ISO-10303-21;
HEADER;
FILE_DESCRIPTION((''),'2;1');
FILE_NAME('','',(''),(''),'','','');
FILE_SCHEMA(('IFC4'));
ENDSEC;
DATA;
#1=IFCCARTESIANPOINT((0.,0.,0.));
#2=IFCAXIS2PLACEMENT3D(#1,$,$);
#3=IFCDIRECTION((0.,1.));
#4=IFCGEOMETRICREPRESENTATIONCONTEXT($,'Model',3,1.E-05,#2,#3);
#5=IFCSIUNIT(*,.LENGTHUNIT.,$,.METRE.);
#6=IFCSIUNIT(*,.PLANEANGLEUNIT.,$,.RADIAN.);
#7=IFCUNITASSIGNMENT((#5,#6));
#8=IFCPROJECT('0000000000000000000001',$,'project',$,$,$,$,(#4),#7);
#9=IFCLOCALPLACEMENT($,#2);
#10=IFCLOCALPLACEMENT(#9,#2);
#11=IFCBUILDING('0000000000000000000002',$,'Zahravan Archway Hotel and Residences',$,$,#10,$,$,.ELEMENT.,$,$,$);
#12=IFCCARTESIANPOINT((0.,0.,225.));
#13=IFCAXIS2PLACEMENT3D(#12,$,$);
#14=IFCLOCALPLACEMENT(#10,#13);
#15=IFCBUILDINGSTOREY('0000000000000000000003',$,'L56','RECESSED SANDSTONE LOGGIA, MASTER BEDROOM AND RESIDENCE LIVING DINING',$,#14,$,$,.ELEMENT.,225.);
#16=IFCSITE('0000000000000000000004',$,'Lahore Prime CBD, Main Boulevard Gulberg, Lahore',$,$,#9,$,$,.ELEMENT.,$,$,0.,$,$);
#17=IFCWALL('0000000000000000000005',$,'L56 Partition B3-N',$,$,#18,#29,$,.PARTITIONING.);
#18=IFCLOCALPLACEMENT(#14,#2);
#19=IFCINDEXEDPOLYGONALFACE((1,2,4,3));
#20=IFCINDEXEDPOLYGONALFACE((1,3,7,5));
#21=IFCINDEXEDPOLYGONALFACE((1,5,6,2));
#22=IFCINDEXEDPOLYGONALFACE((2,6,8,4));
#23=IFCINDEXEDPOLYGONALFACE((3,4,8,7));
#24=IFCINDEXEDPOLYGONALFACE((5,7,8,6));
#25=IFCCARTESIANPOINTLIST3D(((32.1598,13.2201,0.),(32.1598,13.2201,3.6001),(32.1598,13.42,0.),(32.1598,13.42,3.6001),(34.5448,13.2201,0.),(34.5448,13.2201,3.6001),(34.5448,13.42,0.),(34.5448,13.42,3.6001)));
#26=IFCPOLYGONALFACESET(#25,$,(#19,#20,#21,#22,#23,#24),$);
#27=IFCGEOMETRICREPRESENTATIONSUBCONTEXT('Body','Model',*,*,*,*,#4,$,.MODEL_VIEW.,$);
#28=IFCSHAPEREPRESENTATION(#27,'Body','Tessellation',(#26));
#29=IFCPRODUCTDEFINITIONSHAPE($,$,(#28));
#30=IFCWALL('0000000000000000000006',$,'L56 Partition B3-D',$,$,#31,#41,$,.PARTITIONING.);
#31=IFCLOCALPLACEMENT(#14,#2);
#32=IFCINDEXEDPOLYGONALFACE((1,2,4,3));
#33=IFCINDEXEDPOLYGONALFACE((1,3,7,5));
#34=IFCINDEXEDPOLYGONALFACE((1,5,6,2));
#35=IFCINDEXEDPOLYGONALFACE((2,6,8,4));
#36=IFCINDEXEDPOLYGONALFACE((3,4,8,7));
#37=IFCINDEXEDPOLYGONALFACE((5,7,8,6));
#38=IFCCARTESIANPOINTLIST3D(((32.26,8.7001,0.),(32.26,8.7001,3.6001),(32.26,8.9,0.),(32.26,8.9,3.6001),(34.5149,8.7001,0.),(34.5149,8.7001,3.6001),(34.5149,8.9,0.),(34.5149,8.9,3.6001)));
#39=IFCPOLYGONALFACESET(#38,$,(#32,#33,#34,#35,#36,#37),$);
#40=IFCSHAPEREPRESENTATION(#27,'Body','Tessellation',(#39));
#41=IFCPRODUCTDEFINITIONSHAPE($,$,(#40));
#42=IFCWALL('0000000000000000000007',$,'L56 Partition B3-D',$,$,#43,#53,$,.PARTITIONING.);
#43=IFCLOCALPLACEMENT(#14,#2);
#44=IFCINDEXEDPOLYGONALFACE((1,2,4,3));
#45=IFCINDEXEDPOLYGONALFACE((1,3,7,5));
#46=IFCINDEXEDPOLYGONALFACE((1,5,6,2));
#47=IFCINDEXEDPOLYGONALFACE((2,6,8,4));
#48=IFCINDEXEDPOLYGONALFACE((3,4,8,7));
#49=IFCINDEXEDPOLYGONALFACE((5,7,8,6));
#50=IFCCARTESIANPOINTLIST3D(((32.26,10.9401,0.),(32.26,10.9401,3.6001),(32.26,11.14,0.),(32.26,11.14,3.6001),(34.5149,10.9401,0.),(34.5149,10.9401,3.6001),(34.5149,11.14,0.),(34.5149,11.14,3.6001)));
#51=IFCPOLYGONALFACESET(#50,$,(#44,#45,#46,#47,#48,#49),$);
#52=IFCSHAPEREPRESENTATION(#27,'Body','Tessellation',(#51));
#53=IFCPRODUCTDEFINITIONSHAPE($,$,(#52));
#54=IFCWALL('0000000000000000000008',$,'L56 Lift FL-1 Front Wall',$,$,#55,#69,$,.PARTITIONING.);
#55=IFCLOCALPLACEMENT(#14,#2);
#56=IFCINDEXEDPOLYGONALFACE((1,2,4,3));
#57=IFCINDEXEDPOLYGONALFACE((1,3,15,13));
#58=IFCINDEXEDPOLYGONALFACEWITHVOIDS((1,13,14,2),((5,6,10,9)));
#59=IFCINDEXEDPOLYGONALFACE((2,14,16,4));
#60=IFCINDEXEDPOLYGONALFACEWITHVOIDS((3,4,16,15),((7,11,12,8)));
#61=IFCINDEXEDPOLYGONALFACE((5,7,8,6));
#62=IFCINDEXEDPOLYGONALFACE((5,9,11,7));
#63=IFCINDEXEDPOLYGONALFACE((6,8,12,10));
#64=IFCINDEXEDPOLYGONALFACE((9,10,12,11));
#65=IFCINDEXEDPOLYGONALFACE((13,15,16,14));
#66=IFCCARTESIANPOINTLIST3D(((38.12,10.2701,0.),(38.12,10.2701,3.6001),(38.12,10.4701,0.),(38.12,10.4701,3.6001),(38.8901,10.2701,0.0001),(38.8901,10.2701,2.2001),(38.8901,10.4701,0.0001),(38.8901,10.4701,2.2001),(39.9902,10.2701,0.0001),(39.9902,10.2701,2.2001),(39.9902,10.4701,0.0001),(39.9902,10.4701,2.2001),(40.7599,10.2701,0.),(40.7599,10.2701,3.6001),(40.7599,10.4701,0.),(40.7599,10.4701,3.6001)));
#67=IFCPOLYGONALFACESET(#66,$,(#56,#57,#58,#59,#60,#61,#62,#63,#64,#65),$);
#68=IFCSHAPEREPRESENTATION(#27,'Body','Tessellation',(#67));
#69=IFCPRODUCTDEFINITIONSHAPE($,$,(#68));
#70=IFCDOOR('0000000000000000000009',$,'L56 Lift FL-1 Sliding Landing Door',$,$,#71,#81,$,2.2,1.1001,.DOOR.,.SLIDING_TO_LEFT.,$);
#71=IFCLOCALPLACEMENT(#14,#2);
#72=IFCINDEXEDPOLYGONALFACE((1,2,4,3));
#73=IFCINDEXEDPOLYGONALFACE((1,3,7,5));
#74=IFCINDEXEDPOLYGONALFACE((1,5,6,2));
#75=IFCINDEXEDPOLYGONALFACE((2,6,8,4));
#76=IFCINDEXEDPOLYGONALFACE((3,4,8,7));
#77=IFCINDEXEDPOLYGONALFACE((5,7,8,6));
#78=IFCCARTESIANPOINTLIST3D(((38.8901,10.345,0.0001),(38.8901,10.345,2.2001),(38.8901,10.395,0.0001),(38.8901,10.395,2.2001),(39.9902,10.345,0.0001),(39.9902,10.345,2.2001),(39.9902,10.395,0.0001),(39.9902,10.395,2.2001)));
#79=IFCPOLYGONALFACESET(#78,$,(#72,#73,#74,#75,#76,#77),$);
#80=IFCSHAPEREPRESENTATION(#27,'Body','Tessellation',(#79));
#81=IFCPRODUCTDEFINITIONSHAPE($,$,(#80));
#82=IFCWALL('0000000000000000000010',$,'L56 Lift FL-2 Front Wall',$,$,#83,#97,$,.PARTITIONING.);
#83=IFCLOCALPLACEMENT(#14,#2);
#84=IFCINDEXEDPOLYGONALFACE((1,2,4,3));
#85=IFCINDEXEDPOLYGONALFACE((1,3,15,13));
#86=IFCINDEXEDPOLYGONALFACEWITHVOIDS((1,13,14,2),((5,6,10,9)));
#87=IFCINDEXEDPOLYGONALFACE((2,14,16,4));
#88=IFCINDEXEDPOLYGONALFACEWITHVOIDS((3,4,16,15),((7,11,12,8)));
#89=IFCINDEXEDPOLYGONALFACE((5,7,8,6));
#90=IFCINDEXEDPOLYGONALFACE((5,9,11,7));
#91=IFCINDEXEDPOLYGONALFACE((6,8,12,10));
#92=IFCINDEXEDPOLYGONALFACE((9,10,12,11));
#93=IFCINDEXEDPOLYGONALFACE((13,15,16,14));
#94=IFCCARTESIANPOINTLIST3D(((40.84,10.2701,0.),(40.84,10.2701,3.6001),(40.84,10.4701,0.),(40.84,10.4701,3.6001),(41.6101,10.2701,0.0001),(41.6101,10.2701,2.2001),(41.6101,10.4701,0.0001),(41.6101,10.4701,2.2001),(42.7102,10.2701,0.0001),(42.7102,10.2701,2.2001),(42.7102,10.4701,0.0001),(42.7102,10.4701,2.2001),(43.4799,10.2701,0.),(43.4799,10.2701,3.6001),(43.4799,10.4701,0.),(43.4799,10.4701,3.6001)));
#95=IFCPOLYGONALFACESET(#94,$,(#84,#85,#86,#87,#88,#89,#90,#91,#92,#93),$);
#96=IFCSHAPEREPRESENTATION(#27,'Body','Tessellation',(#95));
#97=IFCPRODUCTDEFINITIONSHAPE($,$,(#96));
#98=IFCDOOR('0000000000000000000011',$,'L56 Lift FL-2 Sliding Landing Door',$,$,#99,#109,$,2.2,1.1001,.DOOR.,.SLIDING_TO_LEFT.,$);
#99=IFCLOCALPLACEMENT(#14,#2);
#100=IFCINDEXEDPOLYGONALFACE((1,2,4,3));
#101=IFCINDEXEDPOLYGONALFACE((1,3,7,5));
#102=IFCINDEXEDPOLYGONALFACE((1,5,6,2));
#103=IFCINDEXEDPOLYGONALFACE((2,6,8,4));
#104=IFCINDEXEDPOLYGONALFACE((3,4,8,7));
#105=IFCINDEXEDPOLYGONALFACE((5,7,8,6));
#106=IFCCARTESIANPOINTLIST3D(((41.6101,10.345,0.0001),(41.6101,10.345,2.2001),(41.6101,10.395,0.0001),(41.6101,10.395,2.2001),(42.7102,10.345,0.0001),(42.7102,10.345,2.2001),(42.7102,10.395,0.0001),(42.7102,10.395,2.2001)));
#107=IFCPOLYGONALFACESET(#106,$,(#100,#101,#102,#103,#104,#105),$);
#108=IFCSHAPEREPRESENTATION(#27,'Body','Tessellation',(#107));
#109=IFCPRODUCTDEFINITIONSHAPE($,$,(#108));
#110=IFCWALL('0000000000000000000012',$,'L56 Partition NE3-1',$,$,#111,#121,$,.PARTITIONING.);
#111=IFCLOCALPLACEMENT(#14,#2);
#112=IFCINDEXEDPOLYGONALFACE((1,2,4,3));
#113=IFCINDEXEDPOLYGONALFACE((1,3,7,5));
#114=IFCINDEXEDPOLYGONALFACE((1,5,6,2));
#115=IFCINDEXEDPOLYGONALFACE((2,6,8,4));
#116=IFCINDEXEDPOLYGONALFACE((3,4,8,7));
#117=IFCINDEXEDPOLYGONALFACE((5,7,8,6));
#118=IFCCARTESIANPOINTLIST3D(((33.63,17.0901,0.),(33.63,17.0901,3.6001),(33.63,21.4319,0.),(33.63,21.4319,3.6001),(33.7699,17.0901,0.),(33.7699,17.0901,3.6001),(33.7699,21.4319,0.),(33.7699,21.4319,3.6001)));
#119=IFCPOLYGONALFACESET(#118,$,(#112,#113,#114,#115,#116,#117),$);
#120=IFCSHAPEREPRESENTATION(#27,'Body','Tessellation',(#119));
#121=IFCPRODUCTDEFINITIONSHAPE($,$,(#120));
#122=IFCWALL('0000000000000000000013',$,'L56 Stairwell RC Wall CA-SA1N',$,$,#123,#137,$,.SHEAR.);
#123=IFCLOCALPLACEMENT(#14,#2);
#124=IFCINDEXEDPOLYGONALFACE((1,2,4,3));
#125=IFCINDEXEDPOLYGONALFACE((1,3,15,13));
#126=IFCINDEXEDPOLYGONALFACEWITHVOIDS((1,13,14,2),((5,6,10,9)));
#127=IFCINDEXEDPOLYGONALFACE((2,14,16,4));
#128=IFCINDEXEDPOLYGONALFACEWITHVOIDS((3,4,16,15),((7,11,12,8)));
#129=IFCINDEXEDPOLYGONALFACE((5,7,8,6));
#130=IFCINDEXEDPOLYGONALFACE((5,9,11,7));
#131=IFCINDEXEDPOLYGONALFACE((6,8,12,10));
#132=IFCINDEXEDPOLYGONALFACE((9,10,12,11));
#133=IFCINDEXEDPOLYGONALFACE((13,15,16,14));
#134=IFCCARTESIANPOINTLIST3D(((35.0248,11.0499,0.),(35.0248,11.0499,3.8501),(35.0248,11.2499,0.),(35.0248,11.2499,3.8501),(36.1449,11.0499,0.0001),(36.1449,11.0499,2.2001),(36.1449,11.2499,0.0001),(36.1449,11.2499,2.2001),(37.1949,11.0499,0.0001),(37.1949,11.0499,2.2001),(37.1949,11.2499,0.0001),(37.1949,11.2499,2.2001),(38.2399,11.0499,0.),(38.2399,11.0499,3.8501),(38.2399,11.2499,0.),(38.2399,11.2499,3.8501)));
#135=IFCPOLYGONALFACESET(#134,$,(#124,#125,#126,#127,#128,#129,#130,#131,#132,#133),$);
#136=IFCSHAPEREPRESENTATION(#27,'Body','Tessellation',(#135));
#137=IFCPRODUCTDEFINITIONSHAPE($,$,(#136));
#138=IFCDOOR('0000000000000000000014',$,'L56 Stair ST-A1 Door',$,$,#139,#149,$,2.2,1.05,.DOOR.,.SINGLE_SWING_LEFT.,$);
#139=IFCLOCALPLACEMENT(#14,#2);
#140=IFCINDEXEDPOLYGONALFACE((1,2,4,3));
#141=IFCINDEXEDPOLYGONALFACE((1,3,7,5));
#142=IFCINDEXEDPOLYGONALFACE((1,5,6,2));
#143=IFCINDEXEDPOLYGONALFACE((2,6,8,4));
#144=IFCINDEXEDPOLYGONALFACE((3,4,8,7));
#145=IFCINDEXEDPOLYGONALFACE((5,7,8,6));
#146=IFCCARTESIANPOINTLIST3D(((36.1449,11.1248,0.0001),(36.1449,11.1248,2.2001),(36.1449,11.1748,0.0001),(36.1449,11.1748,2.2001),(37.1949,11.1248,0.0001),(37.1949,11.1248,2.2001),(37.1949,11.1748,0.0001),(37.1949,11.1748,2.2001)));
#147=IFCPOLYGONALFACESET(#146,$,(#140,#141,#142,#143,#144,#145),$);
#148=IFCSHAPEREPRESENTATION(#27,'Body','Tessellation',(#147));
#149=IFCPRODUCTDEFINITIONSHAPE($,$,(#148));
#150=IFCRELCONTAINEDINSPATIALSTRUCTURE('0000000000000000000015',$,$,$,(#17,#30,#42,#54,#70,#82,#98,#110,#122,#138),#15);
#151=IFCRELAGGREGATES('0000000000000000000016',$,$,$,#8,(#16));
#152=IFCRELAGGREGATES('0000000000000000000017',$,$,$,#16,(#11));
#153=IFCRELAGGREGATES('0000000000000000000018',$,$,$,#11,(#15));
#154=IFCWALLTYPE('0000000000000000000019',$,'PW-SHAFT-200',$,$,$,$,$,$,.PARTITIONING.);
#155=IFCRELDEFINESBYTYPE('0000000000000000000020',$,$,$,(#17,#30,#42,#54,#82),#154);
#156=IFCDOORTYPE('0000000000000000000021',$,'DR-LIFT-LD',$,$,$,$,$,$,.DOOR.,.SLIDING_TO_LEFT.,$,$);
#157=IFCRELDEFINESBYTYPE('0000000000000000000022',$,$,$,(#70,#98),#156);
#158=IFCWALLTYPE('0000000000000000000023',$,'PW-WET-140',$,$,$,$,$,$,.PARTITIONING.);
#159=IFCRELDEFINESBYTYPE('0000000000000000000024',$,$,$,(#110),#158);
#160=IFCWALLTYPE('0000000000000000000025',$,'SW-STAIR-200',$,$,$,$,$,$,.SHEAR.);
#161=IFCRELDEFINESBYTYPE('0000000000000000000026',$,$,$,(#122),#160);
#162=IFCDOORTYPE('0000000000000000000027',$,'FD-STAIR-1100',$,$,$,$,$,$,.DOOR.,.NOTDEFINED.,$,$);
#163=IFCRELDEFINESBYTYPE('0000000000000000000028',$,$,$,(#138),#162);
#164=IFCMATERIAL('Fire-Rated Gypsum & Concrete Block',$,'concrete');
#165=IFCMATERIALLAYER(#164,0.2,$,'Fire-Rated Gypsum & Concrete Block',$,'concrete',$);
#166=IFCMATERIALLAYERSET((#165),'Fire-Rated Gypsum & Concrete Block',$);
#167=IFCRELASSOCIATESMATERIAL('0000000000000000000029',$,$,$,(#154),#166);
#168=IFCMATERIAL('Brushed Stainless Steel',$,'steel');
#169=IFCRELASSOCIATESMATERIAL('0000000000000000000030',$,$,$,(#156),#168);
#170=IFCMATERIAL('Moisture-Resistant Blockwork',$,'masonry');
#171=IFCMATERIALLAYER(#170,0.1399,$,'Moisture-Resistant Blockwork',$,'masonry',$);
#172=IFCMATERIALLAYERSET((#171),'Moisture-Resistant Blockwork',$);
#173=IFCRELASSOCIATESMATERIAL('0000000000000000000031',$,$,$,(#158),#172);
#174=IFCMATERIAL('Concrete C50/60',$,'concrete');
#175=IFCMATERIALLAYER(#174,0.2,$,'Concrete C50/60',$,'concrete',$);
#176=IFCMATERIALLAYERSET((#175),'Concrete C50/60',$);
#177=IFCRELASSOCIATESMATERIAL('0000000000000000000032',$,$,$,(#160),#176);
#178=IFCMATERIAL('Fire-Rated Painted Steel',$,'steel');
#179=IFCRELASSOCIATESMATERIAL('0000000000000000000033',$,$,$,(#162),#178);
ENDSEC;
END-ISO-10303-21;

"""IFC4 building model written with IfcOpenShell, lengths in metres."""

from ifc_helpers import new_model, si_unit, direction, frame, frame_2d, origin, place, context, subcontext, project, spatial, rectangle, extrude, source, transform, mapped, material, layer, layer_set, type_object, type_shapes, element, fill, save


model = new_model("IFC4")

# Units and contexts
model_context = context("Model", 3, precision=1e-05, world=origin(), true_north=direction((0.0, 1.0)))
body_context = subcontext(model_context, "Body", "Model", "MODEL_VIEW")
ifc_project = project(units=[si_unit("LENGTHUNIT", "METRE"), si_unit("PLANEANGLEUNIT", "RADIAN")], contexts=[model_context])

# Site, building, storey
site_placement = place(None, origin())
site = spatial("IfcSite", under=ifc_project, at=site_placement, Name="Lahore Prime CBD, Main Boulevard Gulberg, Lahore", CompositionType="ELEMENT", RefElevation=0.0)
building_placement = place(site_placement, origin())
building = spatial("IfcBuilding", under=site, at=building_placement, Name="Zahravan Archway Hotel and Residences", CompositionType="ELEMENT")
storey_placement = place(building_placement, frame((0.0, 0.0, 225.0)))
storey = spatial("IfcBuildingStorey", under=building, at=storey_placement, Name="L56", Description="RECESSED SANDSTONE LOGGIA, MASTER BEDROOM AND RESIDENCE LIVING DINING", CompositionType="ELEMENT", Elevation=225.0)

# Shared definitions
ifc_material_1 = material(Name="Concrete C50/60", Category="concrete")
ifc_material_2 = material(Name="Fire-Rated Painted Steel", Category="steel")

# Shared definitions
ifc_material_3 = material(Name="Fire-Rated Gypsum & Concrete Block", Category="concrete")

# Walls
ifc_layer_1 = layer(ifc_material_3, 0.2, Name="Fire-Rated Gypsum & Concrete Block", Category="concrete")
ifc_layer_set_1 = layer_set([ifc_layer_1], Name="Fire-Rated Gypsum & Concrete Block")
wall_type_1 = type_object("IfcWallType", Name="PW-SHAFT-200", PredefinedType="PARTITIONING", material=ifc_layer_set_1)
wall_1_placement = place(storey_placement, frame((32.1599, 13.3201, 0.0), z_axis=(0.0, 0.0, 1.0), x_axis=(1.0, 0.0, 0.0)))
element("IfcWall", 1, at=wall_1_placement, inside=storey, type_object=wall_type_1, Name="L56 Partition B3-N", PredefinedType="PARTITIONING", context=body_context, shape_type="SweptSolid", body=[
    extrude(rectangle(XDim=2.385, YDim=0.2, at=frame_2d((1.1924, 0.0))), origin(), (0.0, 0.0, 1.0), 3.6001),
])
for number, where, z_axis, x_axis, name in (
    (2, (32.26, 8.8, 0.0), (0.0, 0.0, 1.0), (1.0, 0.0, 0.0), "L56 Partition B3-D"),
    (3, (32.26, 11.04, 0.0), (0.0, 0.0, 1.0), (1.0, 0.0, 0.0), "L56 Partition B3-D"),
):
    element("IfcWall", number, at=place(storey_placement, frame(where, z_axis=z_axis, x_axis=x_axis)), inside=storey, type_object=wall_type_1, Name=name, PredefinedType="PARTITIONING", context=body_context, shape_type="SweptSolid", body=[
        extrude(rectangle(XDim=2.2549, YDim=0.2, at=frame_2d((1.1274, 0.0))), origin(), (0.0, 0.0, 1.0), 3.6001),
    ])

# Walls, openings, doors
wall_2_placement = place(storey_placement, frame((38.1201, 10.3701, 0.0), z_axis=(0.0, 0.0, 1.0), x_axis=(1.0, 0.0, 0.0)))
wall_2 = element("IfcWall", 4, at=wall_2_placement, inside=storey, type_object=wall_type_1, Name="L56 Lift FL-1 Front Wall", PredefinedType="PARTITIONING", context=body_context, shape_type="SweptSolid", body=[
    extrude(rectangle(XDim=2.6399, YDim=0.2, at=frame_2d((1.3198, 0.0))), origin(), (0.0, 0.0, 1.0), 3.6001),
])
opening_1_placement = place(wall_2_placement, frame((0.77, 0.0, 0.0)))
opening_1 = element("IfcOpeningElement", 5, at=opening_1_placement, cuts=wall_2, PredefinedType="OPENING", context=body_context, shape_type="SweptSolid", body=[
    extrude(rectangle(XDim=1.1001, YDim=2.2, at=frame_2d((0.55, 1.1001))), frame((0.0, 0.1099, 0.0), z_axis=(0.0, -1.0, 0.0), x_axis=(1.0, 0.0, 0.0)), (0.0, 0.0, 1.0), 0.22),
])
ifc_material_4 = material(Name="Brushed Stainless Steel", Category="steel")
door_type_1 = type_object("IfcDoorType", Name="DR-LIFT-LD", OperationType="SLIDING_TO_LEFT", PredefinedType="DOOR", material=ifc_material_4)
shared_shape_1 = source(origin(), body_context, "Body", "SweptSolid", [
    extrude(rectangle(XDim=1.1001, YDim=2.2, at=frame_2d((0.55, 1.1001))), frame((0.0, 0.0249, 0.0), z_axis=(0.0, -1.0, 0.0), x_axis=(1.0, 0.0, 0.0)), (0.0, 0.0, 1.0), 0.05),
])
type_shapes(door_type_1, [shared_shape_1])
door_1_placement = place(opening_1_placement, origin())
door_1 = element("IfcDoor", 6, at=door_1_placement, inside=storey, type_object=door_type_1, Name="L56 Lift FL-1 Sliding Landing Door", OperationType="SLIDING_TO_LEFT", OverallHeight=2.2, OverallWidth=1.1001, PredefinedType="DOOR", context=body_context, shape_type="MappedRepresentation", body=[
    mapped(shared_shape_1, transform((0.0, 0.0, 0.0), scale=1.0)),
])
fill(opening_1, door_1)
wall_3_placement = place(storey_placement, frame((40.8401, 10.3701, 0.0), z_axis=(0.0, 0.0, 1.0), x_axis=(1.0, 0.0, 0.0)))
wall_3 = element("IfcWall", 7, at=wall_3_placement, inside=storey, type_object=wall_type_1, Name="L56 Lift FL-2 Front Wall", PredefinedType="PARTITIONING", context=body_context, shape_type="SweptSolid", body=[
    extrude(rectangle(XDim=2.6399, YDim=0.2, at=frame_2d((1.3198, 0.0))), origin(), (0.0, 0.0, 1.0), 3.6001),
])
opening_2_placement = place(wall_3_placement, frame((0.77, 0.0, 0.0)))
opening_2 = element("IfcOpeningElement", 8, at=opening_2_placement, cuts=wall_3, PredefinedType="OPENING", context=body_context, shape_type="SweptSolid", body=[
    extrude(rectangle(XDim=1.1001, YDim=2.2, at=frame_2d((0.55, 1.1001))), frame((0.0, 0.1099, 0.0), z_axis=(0.0, -1.0, 0.0), x_axis=(1.0, 0.0, 0.0)), (0.0, 0.0, 1.0), 0.22),
])
door_2_placement = place(opening_2_placement, origin())
door_2 = element("IfcDoor", 9, at=door_2_placement, inside=storey, type_object=door_type_1, Name="L56 Lift FL-2 Sliding Landing Door", OperationType="SLIDING_TO_LEFT", OverallHeight=2.2, OverallWidth=1.1001, PredefinedType="DOOR", context=body_context, shape_type="MappedRepresentation", body=[
    mapped(shared_shape_1, transform((0.0, 0.0, 0.0), scale=1.0)),
])
fill(opening_2, door_2)

# Wall
ifc_material_5 = material(Name="Moisture-Resistant Blockwork", Category="masonry")
ifc_layer_2 = layer(ifc_material_5, 0.1399, Name="Moisture-Resistant Blockwork", Category="masonry")
ifc_layer_set_2 = layer_set([ifc_layer_2], Name="Moisture-Resistant Blockwork")
wall_type_2 = type_object("IfcWallType", Name="PW-WET-140", PredefinedType="PARTITIONING", material=ifc_layer_set_2)
wall_4_placement = place(storey_placement, frame((33.7, 17.0901, 0.0), z_axis=(0.0, 0.0, 1.0), x_axis=(0.0, 1.0, 0.0)))
element("IfcWall", 10, at=wall_4_placement, inside=storey, type_object=wall_type_2, Name="L56 Partition NE3-1", PredefinedType="PARTITIONING", context=body_context, shape_type="SweptSolid", body=[
    extrude(rectangle(XDim=4.3418, YDim=0.1399, at=frame_2d((2.1709, 0.0))), origin(), (0.0, 0.0, 1.0), 3.6001),
])

# Wall, opening, door
ifc_layer_3 = layer(ifc_material_1, 0.2, Name="Concrete C50/60", Category="concrete")
ifc_layer_set_3 = layer_set([ifc_layer_3], Name="Concrete C50/60")
wall_type_3 = type_object("IfcWallType", Name="SW-STAIR-200", PredefinedType="SHEAR", material=ifc_layer_set_3)
wall_5_placement = place(storey_placement, frame((35.0249, 11.1499, 0.0), z_axis=(0.0, 0.0, 1.0), x_axis=(1.0, 0.0, 0.0)))
wall_5 = element("IfcWall", 11, at=wall_5_placement, inside=storey, type_object=wall_type_3, Name="L56 Stairwell RC Wall CA-SA1N", PredefinedType="SHEAR", context=body_context, shape_type="SweptSolid", body=[
    extrude(rectangle(XDim=3.2151, YDim=0.2, at=frame_2d((1.6074, 0.0))), origin(), (0.0, 0.0, 1.0), 3.8501),
])
opening_3_placement = place(wall_5_placement, frame((1.1201, 0.0, 0.0)))
opening_3 = element("IfcOpeningElement", 12, at=opening_3_placement, cuts=wall_5, PredefinedType="OPENING", context=body_context, shape_type="SweptSolid", body=[
    extrude(rectangle(XDim=1.05, YDim=2.2, at=frame_2d((0.5249, 1.1001))), frame((0.0, 0.1099, 0.0), z_axis=(0.0, -1.0, 0.0), x_axis=(1.0, 0.0, 0.0)), (0.0, 0.0, 1.0), 0.22),
])
door_type_2 = type_object("IfcDoorType", Name="FD-STAIR-1100", OperationType="NOTDEFINED", PredefinedType="DOOR", material=ifc_material_2)
shared_shape_2 = source(origin(), body_context, "Body", "SweptSolid", [
    extrude(rectangle(XDim=1.05, YDim=2.2, at=frame_2d((0.5249, 1.1001))), frame((0.0, 0.0249, 0.0), z_axis=(0.0, -1.0, 0.0), x_axis=(1.0, 0.0, 0.0)), (0.0, 0.0, 1.0), 0.05),
])
type_shapes(door_type_2, [shared_shape_2])
door_3_placement = place(opening_3_placement, origin())
door_3 = element("IfcDoor", 13, at=door_3_placement, inside=storey, type_object=door_type_2, Name="L56 Stair ST-A1 Door", OperationType="SINGLE_SWING_LEFT", OverallHeight=2.2, OverallWidth=1.05, PredefinedType="DOOR", context=body_context, shape_type="MappedRepresentation", body=[
    mapped(shared_shape_2, transform((0.0, 0.0, 0.0), scale=1.0)),
])
fill(opening_3, door_3)

save(model, "model.ifc")
